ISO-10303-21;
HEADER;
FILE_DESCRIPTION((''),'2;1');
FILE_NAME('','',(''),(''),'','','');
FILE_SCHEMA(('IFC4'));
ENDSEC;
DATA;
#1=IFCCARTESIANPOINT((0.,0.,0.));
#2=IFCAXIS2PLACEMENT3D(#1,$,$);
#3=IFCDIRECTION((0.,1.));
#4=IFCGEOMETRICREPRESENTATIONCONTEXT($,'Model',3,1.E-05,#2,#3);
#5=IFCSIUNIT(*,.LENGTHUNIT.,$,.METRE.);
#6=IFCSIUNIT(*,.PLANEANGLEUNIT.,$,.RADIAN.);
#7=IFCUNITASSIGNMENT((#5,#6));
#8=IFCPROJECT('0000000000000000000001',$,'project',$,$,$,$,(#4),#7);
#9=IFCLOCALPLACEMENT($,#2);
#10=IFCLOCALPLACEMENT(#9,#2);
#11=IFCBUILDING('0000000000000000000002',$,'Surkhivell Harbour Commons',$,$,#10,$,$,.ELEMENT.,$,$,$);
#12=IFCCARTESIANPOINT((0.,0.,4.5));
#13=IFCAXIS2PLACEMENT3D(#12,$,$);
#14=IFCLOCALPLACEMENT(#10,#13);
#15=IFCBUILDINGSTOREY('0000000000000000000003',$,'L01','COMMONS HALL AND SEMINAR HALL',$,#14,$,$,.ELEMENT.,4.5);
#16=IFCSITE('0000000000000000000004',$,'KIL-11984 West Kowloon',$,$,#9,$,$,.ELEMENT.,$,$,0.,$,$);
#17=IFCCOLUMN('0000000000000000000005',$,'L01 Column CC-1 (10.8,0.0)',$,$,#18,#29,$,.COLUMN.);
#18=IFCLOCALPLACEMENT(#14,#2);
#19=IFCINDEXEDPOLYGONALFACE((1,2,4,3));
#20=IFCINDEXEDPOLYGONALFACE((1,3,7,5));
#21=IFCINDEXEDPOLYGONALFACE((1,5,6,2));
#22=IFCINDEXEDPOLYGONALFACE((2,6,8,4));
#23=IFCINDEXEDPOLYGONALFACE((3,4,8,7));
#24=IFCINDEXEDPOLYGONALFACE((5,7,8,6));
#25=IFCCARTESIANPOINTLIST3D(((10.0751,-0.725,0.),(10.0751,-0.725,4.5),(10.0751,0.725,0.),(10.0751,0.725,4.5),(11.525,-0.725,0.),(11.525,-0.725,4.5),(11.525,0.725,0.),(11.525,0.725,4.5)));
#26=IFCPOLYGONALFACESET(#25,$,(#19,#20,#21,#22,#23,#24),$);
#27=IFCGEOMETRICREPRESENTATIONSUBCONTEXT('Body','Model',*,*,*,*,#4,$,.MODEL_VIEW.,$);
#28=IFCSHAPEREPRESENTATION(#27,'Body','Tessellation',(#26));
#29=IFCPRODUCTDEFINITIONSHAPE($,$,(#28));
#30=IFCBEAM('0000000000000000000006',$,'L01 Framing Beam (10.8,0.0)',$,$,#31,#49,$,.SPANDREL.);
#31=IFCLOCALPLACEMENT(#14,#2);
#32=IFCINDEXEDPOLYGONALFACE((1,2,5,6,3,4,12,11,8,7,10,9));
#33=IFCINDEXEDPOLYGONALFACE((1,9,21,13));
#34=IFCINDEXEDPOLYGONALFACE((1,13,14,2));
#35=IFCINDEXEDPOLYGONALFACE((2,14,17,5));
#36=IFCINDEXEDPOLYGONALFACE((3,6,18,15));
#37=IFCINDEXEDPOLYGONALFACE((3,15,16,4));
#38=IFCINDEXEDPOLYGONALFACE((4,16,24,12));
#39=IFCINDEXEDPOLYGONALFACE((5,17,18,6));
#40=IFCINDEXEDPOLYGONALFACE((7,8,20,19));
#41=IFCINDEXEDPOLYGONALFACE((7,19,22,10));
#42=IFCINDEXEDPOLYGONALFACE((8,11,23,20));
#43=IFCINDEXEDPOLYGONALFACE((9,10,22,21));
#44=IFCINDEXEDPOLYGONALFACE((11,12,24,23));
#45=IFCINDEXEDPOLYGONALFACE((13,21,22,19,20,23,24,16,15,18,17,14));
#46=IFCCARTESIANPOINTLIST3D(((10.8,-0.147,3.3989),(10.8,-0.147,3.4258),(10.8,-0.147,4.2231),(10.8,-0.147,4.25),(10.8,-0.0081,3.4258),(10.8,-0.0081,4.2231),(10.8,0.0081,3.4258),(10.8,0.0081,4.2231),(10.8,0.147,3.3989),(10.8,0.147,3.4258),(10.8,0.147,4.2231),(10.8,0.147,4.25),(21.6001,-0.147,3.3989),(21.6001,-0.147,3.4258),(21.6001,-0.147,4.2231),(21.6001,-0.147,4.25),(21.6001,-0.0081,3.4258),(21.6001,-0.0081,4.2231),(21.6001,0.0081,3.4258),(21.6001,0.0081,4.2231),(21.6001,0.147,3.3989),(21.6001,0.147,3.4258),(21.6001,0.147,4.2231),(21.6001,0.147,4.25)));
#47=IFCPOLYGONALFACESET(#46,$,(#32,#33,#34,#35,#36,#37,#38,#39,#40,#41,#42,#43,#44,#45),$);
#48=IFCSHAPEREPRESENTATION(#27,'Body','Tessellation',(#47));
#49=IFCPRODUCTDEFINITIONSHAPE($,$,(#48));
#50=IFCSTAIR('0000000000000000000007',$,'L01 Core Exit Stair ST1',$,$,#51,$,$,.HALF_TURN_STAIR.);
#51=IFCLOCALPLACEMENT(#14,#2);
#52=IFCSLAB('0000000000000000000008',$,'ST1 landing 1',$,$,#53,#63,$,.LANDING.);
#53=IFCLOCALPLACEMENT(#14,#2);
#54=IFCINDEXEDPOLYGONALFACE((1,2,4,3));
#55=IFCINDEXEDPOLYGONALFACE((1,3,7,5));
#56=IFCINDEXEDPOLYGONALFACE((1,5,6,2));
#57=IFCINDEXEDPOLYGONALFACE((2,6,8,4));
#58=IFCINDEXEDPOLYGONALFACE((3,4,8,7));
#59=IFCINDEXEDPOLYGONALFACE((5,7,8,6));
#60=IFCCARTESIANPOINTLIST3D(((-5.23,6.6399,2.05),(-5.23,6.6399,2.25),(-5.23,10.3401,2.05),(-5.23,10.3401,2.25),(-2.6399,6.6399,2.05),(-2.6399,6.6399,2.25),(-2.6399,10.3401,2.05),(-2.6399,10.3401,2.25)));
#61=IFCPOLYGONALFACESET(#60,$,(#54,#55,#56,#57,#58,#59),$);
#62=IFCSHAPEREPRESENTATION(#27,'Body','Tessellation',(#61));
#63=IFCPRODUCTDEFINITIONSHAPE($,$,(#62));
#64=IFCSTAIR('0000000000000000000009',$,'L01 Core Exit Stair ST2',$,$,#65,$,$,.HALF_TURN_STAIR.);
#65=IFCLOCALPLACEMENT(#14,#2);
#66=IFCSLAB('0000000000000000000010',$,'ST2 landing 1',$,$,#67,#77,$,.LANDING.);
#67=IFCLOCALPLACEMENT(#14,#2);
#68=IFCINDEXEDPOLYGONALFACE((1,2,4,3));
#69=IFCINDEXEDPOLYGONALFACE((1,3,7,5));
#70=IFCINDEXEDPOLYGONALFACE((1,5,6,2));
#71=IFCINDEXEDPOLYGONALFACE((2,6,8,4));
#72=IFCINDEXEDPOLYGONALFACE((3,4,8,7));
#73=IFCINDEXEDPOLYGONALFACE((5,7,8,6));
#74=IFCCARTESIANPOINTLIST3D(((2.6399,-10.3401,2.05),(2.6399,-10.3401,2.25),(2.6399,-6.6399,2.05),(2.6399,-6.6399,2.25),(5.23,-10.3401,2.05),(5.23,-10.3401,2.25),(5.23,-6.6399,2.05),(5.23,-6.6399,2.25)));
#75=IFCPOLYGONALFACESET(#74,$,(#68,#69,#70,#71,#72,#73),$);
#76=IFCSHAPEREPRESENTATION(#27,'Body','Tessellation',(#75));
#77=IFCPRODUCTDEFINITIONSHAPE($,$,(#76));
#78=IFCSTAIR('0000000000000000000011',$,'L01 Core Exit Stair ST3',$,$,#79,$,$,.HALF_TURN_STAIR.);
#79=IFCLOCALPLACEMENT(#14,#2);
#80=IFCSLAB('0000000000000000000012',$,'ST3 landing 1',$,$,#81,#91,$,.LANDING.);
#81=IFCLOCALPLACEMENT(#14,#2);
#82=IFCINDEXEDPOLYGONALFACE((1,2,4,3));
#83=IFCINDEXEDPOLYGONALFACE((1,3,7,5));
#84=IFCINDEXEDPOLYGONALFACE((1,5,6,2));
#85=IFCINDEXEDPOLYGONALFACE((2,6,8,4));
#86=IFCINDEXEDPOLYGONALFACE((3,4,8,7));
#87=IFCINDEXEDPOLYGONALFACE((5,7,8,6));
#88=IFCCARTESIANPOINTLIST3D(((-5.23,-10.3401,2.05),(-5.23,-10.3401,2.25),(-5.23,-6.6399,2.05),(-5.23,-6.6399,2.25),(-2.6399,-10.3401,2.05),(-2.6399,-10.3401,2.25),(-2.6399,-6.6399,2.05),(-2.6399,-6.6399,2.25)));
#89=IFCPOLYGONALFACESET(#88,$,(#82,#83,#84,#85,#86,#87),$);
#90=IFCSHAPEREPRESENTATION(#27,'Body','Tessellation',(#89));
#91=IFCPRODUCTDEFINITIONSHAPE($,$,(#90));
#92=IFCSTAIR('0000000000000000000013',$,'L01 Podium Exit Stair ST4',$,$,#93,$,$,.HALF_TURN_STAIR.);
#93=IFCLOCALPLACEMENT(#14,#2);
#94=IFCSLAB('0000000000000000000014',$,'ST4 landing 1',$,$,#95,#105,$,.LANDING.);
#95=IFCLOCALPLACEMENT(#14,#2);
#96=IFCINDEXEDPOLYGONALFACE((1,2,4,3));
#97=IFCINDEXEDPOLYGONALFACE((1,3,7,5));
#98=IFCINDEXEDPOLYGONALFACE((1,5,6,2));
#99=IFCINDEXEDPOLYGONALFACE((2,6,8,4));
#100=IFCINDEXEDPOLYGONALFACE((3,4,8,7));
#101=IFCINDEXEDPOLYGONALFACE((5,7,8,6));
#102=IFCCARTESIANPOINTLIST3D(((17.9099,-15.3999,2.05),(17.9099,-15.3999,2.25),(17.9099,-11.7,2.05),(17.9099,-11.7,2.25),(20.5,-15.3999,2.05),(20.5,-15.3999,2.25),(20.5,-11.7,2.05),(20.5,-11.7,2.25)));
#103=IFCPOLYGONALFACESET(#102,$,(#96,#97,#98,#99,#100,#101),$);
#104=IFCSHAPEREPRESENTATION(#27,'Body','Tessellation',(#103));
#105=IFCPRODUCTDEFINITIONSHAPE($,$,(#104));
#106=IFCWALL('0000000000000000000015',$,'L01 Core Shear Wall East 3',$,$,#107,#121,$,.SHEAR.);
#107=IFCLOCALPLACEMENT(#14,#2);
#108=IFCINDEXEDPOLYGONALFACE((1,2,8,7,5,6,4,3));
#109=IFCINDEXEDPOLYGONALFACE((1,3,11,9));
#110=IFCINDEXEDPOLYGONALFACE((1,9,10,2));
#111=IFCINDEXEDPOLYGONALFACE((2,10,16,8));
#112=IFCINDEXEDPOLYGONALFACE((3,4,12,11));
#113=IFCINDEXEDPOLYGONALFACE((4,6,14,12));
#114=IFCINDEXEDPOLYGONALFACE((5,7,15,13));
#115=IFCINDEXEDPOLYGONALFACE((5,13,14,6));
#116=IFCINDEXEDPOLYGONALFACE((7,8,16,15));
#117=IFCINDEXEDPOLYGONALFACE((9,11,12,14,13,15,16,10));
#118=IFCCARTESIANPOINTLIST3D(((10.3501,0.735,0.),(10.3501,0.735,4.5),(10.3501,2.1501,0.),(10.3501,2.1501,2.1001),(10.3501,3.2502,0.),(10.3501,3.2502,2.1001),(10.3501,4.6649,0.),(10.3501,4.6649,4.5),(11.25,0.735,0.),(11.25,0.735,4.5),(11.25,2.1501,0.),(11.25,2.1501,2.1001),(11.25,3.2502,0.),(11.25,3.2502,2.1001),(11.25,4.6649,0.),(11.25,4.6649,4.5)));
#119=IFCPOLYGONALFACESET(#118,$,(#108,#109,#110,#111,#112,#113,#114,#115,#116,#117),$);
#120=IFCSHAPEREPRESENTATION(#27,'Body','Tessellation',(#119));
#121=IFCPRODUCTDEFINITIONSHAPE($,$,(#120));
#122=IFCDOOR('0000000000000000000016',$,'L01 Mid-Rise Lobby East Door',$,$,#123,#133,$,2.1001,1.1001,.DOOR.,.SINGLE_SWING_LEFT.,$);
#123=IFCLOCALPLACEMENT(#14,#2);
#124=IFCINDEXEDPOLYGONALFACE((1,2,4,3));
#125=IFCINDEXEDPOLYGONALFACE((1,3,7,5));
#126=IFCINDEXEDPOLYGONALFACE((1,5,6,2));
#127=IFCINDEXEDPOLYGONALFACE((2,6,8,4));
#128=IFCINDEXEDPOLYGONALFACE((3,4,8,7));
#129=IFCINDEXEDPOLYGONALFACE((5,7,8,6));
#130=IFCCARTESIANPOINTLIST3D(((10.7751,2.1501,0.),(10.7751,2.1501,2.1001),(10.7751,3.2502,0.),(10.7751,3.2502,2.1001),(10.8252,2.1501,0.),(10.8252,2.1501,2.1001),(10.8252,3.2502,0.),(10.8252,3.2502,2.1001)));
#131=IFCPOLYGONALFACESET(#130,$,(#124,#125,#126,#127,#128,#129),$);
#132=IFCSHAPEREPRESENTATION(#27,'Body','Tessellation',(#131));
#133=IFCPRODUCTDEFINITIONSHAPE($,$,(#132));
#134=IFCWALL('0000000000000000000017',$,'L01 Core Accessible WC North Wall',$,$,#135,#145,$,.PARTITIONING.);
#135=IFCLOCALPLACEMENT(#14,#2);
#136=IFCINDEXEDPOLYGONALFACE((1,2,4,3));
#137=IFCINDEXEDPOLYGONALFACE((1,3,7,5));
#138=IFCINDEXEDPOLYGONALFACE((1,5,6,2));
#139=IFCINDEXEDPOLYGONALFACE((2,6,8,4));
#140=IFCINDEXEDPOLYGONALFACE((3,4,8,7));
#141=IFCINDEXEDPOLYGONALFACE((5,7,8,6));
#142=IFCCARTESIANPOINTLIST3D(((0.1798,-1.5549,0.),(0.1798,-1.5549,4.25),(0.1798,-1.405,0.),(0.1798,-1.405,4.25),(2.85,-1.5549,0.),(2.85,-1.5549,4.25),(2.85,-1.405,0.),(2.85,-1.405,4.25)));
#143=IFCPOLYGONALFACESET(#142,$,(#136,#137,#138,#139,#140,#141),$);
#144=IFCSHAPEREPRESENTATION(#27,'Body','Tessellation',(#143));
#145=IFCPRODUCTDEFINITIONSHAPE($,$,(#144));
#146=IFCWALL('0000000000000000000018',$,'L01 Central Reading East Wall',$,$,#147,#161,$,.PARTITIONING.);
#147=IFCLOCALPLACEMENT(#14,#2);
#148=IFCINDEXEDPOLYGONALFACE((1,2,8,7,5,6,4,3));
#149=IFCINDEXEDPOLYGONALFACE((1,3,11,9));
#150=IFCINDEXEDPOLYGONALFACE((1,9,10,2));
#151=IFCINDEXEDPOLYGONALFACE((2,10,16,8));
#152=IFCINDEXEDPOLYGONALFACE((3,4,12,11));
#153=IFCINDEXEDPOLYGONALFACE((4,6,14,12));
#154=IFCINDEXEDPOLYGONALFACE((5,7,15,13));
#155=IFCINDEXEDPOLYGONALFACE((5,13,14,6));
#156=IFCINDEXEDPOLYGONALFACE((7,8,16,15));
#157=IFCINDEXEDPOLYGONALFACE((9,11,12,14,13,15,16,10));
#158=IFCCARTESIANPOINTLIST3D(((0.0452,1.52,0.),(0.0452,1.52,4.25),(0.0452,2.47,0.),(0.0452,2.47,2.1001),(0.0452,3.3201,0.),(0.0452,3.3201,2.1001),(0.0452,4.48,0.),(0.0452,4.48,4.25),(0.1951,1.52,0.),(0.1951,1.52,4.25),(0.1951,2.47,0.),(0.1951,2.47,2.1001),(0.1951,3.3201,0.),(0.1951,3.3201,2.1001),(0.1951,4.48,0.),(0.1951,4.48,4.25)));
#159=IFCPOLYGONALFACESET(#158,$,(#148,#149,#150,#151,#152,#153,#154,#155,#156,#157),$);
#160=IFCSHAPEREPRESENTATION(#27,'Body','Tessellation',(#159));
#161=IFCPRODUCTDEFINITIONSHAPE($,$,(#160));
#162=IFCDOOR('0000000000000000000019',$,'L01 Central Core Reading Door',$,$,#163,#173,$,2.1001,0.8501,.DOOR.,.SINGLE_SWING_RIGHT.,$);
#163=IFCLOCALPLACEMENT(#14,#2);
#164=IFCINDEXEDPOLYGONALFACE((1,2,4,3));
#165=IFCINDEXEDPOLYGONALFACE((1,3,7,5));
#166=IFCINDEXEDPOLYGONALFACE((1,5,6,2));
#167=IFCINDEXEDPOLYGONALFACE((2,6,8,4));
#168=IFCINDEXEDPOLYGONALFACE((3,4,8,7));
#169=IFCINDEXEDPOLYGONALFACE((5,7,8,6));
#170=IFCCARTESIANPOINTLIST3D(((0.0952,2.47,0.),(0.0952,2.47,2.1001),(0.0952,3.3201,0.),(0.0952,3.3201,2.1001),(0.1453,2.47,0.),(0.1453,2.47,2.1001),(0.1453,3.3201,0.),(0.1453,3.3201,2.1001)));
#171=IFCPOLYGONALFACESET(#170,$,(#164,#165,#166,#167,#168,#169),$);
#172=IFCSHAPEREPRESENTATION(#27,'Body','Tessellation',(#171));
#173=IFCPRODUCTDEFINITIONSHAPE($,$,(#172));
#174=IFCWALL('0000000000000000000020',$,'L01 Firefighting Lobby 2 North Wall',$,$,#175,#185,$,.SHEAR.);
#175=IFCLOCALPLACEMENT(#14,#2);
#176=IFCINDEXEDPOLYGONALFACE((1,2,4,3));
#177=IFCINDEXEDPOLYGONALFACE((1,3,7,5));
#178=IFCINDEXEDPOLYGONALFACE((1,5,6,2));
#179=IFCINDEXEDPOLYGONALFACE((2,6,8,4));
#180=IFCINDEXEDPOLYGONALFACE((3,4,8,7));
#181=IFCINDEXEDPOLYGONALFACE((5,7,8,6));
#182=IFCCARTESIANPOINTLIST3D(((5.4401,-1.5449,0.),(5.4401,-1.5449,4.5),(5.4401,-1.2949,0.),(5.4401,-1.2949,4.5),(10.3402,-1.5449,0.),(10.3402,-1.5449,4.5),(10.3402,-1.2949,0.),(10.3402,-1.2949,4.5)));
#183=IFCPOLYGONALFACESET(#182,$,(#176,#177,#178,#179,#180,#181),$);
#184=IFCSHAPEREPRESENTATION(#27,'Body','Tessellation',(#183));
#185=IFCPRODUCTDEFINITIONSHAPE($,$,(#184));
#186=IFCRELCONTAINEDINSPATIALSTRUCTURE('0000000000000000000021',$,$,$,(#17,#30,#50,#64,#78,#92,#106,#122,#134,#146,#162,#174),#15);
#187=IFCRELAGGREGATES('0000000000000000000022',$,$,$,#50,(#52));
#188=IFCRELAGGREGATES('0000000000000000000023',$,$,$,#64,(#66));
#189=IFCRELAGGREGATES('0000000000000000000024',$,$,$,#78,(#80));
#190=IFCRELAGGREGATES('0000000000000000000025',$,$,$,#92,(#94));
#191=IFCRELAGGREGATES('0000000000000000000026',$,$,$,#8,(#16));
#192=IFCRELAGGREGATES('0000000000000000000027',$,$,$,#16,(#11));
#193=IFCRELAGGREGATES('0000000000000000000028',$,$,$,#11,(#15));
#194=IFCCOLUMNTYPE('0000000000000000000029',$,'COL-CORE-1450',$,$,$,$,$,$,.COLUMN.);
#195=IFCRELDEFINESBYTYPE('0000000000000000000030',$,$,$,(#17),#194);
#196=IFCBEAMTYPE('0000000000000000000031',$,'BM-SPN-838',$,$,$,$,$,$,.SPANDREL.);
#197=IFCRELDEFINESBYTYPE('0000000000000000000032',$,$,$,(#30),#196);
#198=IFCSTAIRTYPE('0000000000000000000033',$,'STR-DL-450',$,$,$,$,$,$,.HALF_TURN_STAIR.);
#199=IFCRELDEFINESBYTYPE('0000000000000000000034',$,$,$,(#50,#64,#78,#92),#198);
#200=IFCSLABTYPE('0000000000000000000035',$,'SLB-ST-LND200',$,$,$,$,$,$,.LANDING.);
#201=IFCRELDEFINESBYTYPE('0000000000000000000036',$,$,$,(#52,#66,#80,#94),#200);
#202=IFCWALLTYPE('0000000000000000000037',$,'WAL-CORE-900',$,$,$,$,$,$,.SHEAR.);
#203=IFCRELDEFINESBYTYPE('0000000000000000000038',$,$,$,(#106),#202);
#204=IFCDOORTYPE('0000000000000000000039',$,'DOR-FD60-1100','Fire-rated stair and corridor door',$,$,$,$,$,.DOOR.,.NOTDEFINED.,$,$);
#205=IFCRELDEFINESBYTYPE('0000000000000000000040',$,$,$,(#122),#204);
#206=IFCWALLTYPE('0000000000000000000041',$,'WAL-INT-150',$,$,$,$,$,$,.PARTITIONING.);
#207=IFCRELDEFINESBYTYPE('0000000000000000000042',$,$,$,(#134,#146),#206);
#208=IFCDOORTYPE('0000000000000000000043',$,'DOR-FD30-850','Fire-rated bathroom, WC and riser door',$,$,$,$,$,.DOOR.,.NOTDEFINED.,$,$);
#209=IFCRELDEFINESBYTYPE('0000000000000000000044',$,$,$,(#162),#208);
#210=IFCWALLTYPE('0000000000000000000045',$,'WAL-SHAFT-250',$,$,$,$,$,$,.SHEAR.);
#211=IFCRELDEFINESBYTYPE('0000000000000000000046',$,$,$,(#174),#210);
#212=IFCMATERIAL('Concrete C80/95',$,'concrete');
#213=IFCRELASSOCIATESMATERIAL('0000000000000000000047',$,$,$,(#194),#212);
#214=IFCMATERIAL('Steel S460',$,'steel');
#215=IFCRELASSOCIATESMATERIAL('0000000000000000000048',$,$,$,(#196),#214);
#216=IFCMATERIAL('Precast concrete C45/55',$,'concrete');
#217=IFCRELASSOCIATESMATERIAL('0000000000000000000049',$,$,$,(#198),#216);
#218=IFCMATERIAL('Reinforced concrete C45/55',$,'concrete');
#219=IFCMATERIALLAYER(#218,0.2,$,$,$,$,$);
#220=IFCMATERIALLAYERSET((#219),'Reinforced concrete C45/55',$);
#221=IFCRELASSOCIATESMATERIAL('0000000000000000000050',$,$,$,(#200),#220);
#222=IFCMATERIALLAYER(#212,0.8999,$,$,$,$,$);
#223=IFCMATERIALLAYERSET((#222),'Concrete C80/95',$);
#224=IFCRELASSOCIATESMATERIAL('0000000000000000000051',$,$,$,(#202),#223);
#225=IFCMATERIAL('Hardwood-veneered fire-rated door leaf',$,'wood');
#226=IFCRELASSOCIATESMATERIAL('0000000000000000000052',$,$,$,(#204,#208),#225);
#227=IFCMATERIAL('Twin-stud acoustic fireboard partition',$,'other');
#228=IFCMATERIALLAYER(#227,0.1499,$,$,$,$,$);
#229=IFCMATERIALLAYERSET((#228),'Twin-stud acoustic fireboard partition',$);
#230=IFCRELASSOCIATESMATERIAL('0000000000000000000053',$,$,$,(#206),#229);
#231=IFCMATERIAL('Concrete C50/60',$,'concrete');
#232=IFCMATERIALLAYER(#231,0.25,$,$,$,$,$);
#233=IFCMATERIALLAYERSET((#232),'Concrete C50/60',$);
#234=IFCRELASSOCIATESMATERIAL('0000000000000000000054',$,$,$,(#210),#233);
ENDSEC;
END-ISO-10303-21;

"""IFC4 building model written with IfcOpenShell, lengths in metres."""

from ifc_helpers import new_model, si_unit, direction, frame, frame_2d, origin, origin_2d, place, context, subcontext, project, spatial, polyline, rectangle, i_section, outline, extrude, material, layer, layer_set, material_profile, profile_set, type_object, element, fill, aggregate, save


model = new_model("IFC4")

# Units and contexts
model_context = context("Model", 3, precision=1e-05, world=origin(), true_north=direction((0.0, 1.0)))
body_context = subcontext(model_context, "Body", "Model", "MODEL_VIEW")
ifc_project = project(units=[si_unit("LENGTHUNIT", "METRE"), si_unit("PLANEANGLEUNIT", "RADIAN")], contexts=[model_context])

# Site, building, storey
site_placement = place(None, origin())
site = spatial("IfcSite", under=ifc_project, at=site_placement, Name="KIL-11984 West Kowloon", CompositionType="ELEMENT", RefElevation=0.0)
building_placement = place(site_placement, origin())
building = spatial("IfcBuilding", under=site, at=building_placement, Name="Surkhivell Harbour Commons", CompositionType="ELEMENT")
storey_placement = place(building_placement, frame((0.0, 0.0, 4.5)))
storey = spatial("IfcBuildingStorey", under=building, at=storey_placement, Name="L01", Description="COMMONS HALL AND SEMINAR HALL", CompositionType="ELEMENT", Elevation=4.5)

# Column
ifc_material_1 = material(Name="Concrete C80/95", Category="concrete")
ifc_material_profile_1 = material_profile(ifc_material_1, rectangle(XDim=1.45, YDim=1.45, at=origin_2d()), Name="RC-COL-1450x1450")
ifc_profile_set_1 = profile_set([ifc_material_profile_1], Name="Concrete C80/95")
column_type = type_object("IfcColumnType", Name="COL-CORE-1450", PredefinedType="COLUMN", material=ifc_profile_set_1)
column_placement = place(storey_placement, frame((10.8, 0.0, 0.0), z_axis=(0.0, 0.0, 1.0), x_axis=(1.0, 0.0, 0.0)))
element("IfcColumn", 1, at=column_placement, inside=storey, type_object=column_type, Name="L01 Column CC-1 (10.8,0.0)", PredefinedType="COLUMN", context=body_context, shape_type="SweptSolid", body=[
    extrude(rectangle(XDim=1.45, YDim=1.45, at=origin_2d()), origin(), (0.0, 0.0, 1.0), 4.5),
])

# Beam
ifc_material_2 = material(Name="Steel S460", Category="steel")
ifc_material_profile_2 = material_profile(ifc_material_2, i_section(OverallWidth=0.2939, OverallDepth=0.8511, WebThickness=0.0161, FlangeThickness=0.0269, at=origin_2d()), Name="UB838x292x226")
ifc_profile_set_2 = profile_set([ifc_material_profile_2], Name="Steel S460")
beam_type = type_object("IfcBeamType", Name="BM-SPN-838", PredefinedType="SPANDREL", material=ifc_profile_set_2)
beam_placement = place(storey_placement, frame((10.8, 0.0, 3.8245), z_axis=(1.0, 0.0, 0.0), x_axis=(0.0, 1.0, 0.0)))
element("IfcBeam", 2, at=beam_placement, inside=storey, type_object=beam_type, Name="L01 Framing Beam (10.8,0.0)", PredefinedType="SPANDREL", context=body_context, shape_type="SweptSolid", body=[
    extrude(i_section(OverallWidth=0.2939, OverallDepth=0.8511, WebThickness=0.0161, FlangeThickness=0.0269, at=origin_2d()), origin(), (0.0, 0.0, 1.0), 10.8),
])

# Stairs, slabs
ifc_material_3 = material(Name="Precast concrete C45/55", Category="concrete")
stair_type = type_object("IfcStairType", Name="STR-DL-450", PredefinedType="HALF_TURN_STAIR", material=ifc_material_3)
stair_1_placement = place(storey_placement, origin())
stair_1 = element("IfcStair", 3, at=stair_1_placement, inside=storey, type_object=stair_type, Name="L01 Core Exit Stair ST1", PredefinedType="HALF_TURN_STAIR")
ifc_material_4 = material(Name="Reinforced concrete C45/55", Category="concrete")
ifc_layer_1 = layer(ifc_material_4, 0.2)
ifc_layer_set_1 = layer_set([ifc_layer_1], Name="Reinforced concrete C45/55")
slab_type = type_object("IfcSlabType", Name="SLB-ST-LND200", PredefinedType="LANDING", material=ifc_layer_set_1)
slab_1_placement = place(storey_placement, frame((0.0, 0.0, 2.05)))
slab_1 = element("IfcSlab", 4, at=slab_1_placement, type_object=slab_type, Name="ST1 landing 1", PredefinedType="LANDING", context=body_context, shape_type="SweptSolid", body=[
    extrude(outline(polyline([(-5.23, 6.6399), (-2.6399, 6.6399), (-2.6399, 10.3401), (-5.23, 10.3401), (-5.23, 6.6399)])), origin(), (0.0, 0.0, 1.0), 0.2),
])
aggregate(stair_1, [slab_1])
stair_2_placement = place(storey_placement, origin())
stair_2 = element("IfcStair", 5, at=stair_2_placement, inside=storey, type_object=stair_type, Name="L01 Core Exit Stair ST2", PredefinedType="HALF_TURN_STAIR")
slab_2_placement = place(storey_placement, frame((0.0, 0.0, 2.05)))
slab_2 = element("IfcSlab", 6, at=slab_2_placement, type_object=slab_type, Name="ST2 landing 1", PredefinedType="LANDING", context=body_context, shape_type="SweptSolid", body=[
    extrude(outline(polyline([(5.23, -6.6399), (2.6399, -6.6399), (2.6399, -10.3401), (5.23, -10.3401), (5.23, -6.6399)])), origin(), (0.0, 0.0, 1.0), 0.2),
])
aggregate(stair_2, [slab_2])
stair_3_placement = place(storey_placement, origin())
stair_3 = element("IfcStair", 7, at=stair_3_placement, inside=storey, type_object=stair_type, Name="L01 Core Exit Stair ST3", PredefinedType="HALF_TURN_STAIR")
slab_3_placement = place(storey_placement, frame((0.0, 0.0, 2.05)))
slab_3 = element("IfcSlab", 8, at=slab_3_placement, type_object=slab_type, Name="ST3 landing 1", PredefinedType="LANDING", context=body_context, shape_type="SweptSolid", body=[
    extrude(outline(polyline([(-5.23, -10.3401), (-2.6399, -10.3401), (-2.6399, -6.6399), (-5.23, -6.6399), (-5.23, -10.3401)])), origin(), (0.0, 0.0, 1.0), 0.2),
])
aggregate(stair_3, [slab_3])
stair_4_placement = place(storey_placement, origin())
stair_4 = element("IfcStair", 9, at=stair_4_placement, inside=storey, type_object=stair_type, Name="L01 Podium Exit Stair ST4", PredefinedType="HALF_TURN_STAIR")
slab_4_placement = place(storey_placement, frame((0.0, 0.0, 2.05)))
slab_4 = element("IfcSlab", 10, at=slab_4_placement, type_object=slab_type, Name="ST4 landing 1", PredefinedType="LANDING", context=body_context, shape_type="SweptSolid", body=[
    extrude(outline(polyline([(17.9099, -15.3999), (20.5, -15.3999), (20.5, -11.7), (17.9099, -11.7), (17.9099, -15.3999)])), origin(), (0.0, 0.0, 1.0), 0.2),
])
aggregate(stair_4, [slab_4])

# Wall, opening, door
ifc_layer_2 = layer(ifc_material_1, 0.8999)
ifc_layer_set_2 = layer_set([ifc_layer_2], Name="Concrete C80/95")
wall_type_1 = type_object("IfcWallType", Name="WAL-CORE-900", PredefinedType="SHEAR", material=ifc_layer_set_2)
wall_1_placement = place(storey_placement, frame((10.8, 0.7351, 0.0), z_axis=(0.0, 0.0, 1.0), x_axis=(0.0, 1.0, 0.0)))
wall_1 = element("IfcWall", 11, at=wall_1_placement, inside=storey, type_object=wall_type_1, Name="L01 Core Shear Wall East 3", PredefinedType="SHEAR", context=body_context, shape_type="SweptSolid", body=[
    extrude(rectangle(XDim=3.9299, YDim=0.8999, at=frame_2d((1.9648, 0.0))), origin(), (0.0, 0.0, 1.0), 4.5),
])
opening_1_placement = place(wall_1_placement, frame((1.415, 0.0, 0.0)))
opening_1 = element("IfcOpeningElement", 12, at=opening_1_placement, cuts=wall_1, PredefinedType="OPENING", context=body_context, shape_type="SweptSolid", body=[
    extrude(rectangle(XDim=1.1001, YDim=2.1001, at=frame_2d((0.55, 1.05))), frame((0.0, 0.46, 0.0), z_axis=(0.0, -1.0, 0.0), x_axis=(1.0, 0.0, 0.0)), (0.0, 0.0, 1.0), 0.9199),
])
ifc_material_5 = material(Name="Hardwood-veneered fire-rated door leaf", Category="wood")
door_type_1 = type_object("IfcDoorType", Name="DOR-FD60-1100", Description="Fire-rated stair and corridor door", OperationType="NOTDEFINED", PredefinedType="DOOR", material=ifc_material_5)
door_1_placement = place(opening_1_placement, origin())
door_1 = element("IfcDoor", 13, at=door_1_placement, inside=storey, type_object=door_type_1, Name="L01 Mid-Rise Lobby East Door", OperationType="SINGLE_SWING_LEFT", OverallHeight=2.1001, OverallWidth=1.1001, PredefinedType="DOOR", context=body_context, shape_type="SweptSolid", body=[
    extrude(rectangle(XDim=1.1001, YDim=2.1001, at=frame_2d((0.55, 1.05))), frame((0.0, 0.0249, 0.0), z_axis=(0.0, -1.0, 0.0), x_axis=(1.0, 0.0, 0.0)), (0.0, 0.0, 1.0), 0.05),
])
fill(opening_1, door_1)

# Wall
ifc_material_6 = material(Name="Twin-stud acoustic fireboard partition", Category="other")
ifc_layer_3 = layer(ifc_material_6, 0.1499)
ifc_layer_set_3 = layer_set([ifc_layer_3], Name="Twin-stud acoustic fireboard partition")
wall_type_2 = type_object("IfcWallType", Name="WAL-INT-150", PredefinedType="PARTITIONING", material=ifc_layer_set_3)
wall_2_placement = place(storey_placement, frame((0.1799, -1.48, 0.0), z_axis=(0.0, 0.0, 1.0), x_axis=(1.0, 0.0, 0.0)))
element("IfcWall", 14, at=wall_2_placement, inside=storey, type_object=wall_type_2, Name="L01 Core Accessible WC North Wall", PredefinedType="PARTITIONING", context=body_context, shape_type="SweptSolid", body=[
    extrude(rectangle(XDim=2.6702, YDim=0.1499, at=frame_2d((1.335, 0.0))), origin(), (0.0, 0.0, 1.0), 4.25),
])

# Wall, opening, door
wall_3_placement = place(storey_placement, frame((0.1201, 1.52, 0.0), z_axis=(0.0, 0.0, 1.0), x_axis=(0.0, 1.0, 0.0)))
wall_3 = element("IfcWall", 15, at=wall_3_placement, inside=storey, type_object=wall_type_2, Name="L01 Central Reading East Wall", PredefinedType="PARTITIONING", context=body_context, shape_type="SweptSolid", body=[
    extrude(rectangle(XDim=2.96, YDim=0.1499, at=frame_2d((1.48, 0.0))), origin(), (0.0, 0.0, 1.0), 4.25),
])
opening_2_placement = place(wall_3_placement, frame((0.95, 0.0, 0.0)))
opening_2 = element("IfcOpeningElement", 16, at=opening_2_placement, cuts=wall_3, PredefinedType="OPENING", context=body_context, shape_type="SweptSolid", body=[
    extrude(rectangle(XDim=0.8501, YDim=2.1001, at=frame_2d((0.425, 1.05))), frame((0.0, 0.085, 0.0), z_axis=(0.0, -1.0, 0.0), x_axis=(1.0, 0.0, 0.0)), (0.0, 0.0, 1.0), 0.1699),
])
door_type_2 = type_object("IfcDoorType", Name="DOR-FD30-850", Description="Fire-rated bathroom, WC and riser door", OperationType="NOTDEFINED", PredefinedType="DOOR", material=ifc_material_5)
door_2_placement = place(opening_2_placement, origin())
door_2 = element("IfcDoor", 17, at=door_2_placement, inside=storey, type_object=door_type_2, Name="L01 Central Core Reading Door", OperationType="SINGLE_SWING_RIGHT", OverallHeight=2.1001, OverallWidth=0.8501, PredefinedType="DOOR", context=body_context, shape_type="SweptSolid", body=[
    extrude(rectangle(XDim=0.8501, YDim=2.1001, at=frame_2d((0.425, 1.05))), frame((0.0, 0.0249, 0.0), z_axis=(0.0, -1.0, 0.0), x_axis=(1.0, 0.0, 0.0)), (0.0, 0.0, 1.0), 0.05),
])
fill(opening_2, door_2)

# Wall
ifc_material_7 = material(Name="Concrete C50/60", Category="concrete")
ifc_layer_4 = layer(ifc_material_7, 0.25)
ifc_layer_set_4 = layer_set([ifc_layer_4], Name="Concrete C50/60")
wall_type_3 = type_object("IfcWallType", Name="WAL-SHAFT-250", PredefinedType="SHEAR", material=ifc_layer_set_4)
wall_4_placement = place(storey_placement, frame((5.4399, -1.4199, 0.0), z_axis=(0.0, 0.0, 1.0), x_axis=(1.0, 0.0, 0.0)))
element("IfcWall", 18, at=wall_4_placement, inside=storey, type_object=wall_type_3, Name="L01 Firefighting Lobby 2 North Wall", PredefinedType="SHEAR", context=body_context, shape_type="SweptSolid", body=[
    extrude(rectangle(XDim=4.9001, YDim=0.25, at=frame_2d((2.4502, 0.0))), origin(), (0.0, 0.0, 1.0), 4.5),
])

save(model, "model.ifc")
